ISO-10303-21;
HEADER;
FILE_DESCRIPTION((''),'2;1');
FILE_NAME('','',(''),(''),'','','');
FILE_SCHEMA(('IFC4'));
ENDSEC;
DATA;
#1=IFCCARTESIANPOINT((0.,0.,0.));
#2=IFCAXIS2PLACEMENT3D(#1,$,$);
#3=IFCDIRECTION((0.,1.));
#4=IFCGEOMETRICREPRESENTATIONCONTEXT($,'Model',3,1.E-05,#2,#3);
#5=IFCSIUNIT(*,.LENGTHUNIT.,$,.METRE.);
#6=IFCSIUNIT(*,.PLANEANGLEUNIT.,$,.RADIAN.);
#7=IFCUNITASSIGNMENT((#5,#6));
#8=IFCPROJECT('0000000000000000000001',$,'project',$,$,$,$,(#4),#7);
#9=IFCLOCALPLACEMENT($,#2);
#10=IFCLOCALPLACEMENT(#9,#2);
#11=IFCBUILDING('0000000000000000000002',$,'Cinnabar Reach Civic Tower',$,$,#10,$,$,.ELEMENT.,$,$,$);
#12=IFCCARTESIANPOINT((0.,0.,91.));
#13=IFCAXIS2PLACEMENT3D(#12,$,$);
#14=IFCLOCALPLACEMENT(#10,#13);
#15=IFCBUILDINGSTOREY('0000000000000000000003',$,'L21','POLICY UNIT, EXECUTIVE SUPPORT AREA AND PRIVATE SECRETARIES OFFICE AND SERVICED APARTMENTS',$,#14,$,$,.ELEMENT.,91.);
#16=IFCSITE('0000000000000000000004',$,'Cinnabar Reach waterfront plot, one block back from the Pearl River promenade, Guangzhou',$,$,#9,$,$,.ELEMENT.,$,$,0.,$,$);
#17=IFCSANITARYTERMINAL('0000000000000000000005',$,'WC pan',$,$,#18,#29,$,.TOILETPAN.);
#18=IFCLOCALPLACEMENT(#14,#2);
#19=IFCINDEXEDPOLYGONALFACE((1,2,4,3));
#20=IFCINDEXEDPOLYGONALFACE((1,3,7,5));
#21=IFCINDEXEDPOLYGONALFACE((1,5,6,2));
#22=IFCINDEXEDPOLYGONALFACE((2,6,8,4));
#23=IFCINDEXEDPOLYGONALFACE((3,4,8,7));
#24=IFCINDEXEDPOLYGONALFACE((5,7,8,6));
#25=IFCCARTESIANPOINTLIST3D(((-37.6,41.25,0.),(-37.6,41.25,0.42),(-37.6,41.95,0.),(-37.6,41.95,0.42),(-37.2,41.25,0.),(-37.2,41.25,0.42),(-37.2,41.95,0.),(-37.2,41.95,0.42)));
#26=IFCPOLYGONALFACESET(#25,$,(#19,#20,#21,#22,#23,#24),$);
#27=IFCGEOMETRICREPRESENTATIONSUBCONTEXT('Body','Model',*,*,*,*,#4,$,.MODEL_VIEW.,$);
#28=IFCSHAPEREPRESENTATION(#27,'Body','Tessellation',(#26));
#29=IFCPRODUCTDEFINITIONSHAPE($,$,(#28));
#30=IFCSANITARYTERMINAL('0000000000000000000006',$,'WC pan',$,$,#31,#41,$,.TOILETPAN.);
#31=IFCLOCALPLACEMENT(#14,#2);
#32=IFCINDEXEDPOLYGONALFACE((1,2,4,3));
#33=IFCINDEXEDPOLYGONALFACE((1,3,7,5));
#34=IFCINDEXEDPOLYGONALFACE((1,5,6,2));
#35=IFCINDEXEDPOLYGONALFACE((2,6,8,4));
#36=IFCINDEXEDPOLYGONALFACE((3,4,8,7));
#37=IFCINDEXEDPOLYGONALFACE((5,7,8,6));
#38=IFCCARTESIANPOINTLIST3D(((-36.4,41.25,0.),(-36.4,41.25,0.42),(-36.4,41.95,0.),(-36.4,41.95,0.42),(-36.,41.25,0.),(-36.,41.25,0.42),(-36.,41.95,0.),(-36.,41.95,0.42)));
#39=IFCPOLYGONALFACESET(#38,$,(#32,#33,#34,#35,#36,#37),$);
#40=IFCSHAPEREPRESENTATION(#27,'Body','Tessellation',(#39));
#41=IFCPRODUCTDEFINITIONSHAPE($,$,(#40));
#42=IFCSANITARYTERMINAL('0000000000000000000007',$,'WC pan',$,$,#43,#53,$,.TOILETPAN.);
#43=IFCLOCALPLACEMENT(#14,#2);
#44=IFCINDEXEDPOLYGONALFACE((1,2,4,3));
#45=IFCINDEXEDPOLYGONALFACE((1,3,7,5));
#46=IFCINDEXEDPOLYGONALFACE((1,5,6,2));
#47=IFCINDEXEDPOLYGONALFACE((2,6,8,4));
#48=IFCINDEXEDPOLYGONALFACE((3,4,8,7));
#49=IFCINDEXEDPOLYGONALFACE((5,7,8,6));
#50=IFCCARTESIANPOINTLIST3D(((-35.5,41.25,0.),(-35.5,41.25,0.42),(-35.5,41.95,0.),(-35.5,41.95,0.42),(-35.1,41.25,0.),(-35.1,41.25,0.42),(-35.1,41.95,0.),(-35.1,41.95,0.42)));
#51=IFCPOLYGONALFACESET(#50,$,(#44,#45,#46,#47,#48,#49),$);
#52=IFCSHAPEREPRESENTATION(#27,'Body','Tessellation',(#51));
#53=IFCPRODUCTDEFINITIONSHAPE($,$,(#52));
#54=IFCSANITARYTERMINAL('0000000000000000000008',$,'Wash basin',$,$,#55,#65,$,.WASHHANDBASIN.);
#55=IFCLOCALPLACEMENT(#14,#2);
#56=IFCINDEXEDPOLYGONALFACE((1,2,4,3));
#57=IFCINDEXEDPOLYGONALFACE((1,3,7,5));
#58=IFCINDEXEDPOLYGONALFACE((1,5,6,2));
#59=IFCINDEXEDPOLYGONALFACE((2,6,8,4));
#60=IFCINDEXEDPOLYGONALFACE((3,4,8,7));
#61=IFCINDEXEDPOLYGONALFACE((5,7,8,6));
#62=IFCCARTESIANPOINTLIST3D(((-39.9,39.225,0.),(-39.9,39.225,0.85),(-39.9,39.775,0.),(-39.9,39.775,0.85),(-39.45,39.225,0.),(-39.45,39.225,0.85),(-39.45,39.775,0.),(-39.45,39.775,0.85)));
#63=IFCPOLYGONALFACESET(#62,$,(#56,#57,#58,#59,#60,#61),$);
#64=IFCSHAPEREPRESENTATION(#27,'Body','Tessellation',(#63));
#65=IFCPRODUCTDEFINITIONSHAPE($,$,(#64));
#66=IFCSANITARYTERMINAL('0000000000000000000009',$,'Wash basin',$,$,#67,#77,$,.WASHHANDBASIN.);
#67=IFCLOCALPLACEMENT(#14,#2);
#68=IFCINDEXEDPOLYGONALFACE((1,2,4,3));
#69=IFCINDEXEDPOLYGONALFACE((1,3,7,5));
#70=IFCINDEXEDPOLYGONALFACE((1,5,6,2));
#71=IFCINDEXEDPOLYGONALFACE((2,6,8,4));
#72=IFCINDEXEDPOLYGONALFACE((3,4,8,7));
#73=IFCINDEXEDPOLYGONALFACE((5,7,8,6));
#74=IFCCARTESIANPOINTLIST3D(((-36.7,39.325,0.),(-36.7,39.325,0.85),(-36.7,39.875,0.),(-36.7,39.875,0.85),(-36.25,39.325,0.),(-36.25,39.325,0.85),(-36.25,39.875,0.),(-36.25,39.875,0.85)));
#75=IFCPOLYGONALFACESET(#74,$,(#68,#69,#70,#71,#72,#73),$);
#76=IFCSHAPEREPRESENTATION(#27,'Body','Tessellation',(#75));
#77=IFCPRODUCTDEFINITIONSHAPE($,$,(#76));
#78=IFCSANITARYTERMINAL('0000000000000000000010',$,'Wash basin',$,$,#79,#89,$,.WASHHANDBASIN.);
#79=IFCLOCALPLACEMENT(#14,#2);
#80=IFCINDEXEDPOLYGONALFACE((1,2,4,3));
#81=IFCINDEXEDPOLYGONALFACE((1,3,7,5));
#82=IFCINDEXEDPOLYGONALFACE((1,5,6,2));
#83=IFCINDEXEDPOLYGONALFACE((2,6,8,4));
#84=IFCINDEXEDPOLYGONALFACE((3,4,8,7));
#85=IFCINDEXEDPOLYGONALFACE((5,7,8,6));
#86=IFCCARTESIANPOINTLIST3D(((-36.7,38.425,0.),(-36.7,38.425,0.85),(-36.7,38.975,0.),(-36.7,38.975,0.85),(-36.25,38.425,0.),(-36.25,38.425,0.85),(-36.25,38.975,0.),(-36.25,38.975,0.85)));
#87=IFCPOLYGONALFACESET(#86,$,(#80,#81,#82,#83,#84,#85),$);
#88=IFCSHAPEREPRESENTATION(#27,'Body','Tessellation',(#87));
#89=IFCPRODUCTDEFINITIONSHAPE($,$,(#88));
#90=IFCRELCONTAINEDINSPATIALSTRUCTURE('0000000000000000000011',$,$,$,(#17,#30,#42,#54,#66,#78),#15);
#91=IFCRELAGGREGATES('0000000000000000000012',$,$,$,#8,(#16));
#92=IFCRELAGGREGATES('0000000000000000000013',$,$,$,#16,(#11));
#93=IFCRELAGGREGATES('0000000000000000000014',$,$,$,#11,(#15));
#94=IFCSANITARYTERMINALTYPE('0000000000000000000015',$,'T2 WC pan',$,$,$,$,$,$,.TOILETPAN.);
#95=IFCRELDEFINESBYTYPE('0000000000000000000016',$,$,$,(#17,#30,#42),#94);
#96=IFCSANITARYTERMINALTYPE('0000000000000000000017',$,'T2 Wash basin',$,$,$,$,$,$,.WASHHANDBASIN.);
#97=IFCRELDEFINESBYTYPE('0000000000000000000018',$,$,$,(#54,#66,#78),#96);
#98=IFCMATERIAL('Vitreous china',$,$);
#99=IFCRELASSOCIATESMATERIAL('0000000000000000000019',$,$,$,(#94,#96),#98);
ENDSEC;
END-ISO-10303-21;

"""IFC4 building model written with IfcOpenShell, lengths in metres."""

from ifc_helpers import new_model, si_unit, direction, frame, origin, origin_2d, place, context, subcontext, project, spatial, rectangle, extrude, material, type_object, element, save


model = new_model("IFC4")

# Units and contexts
model_context = context("Model", 3, precision=1e-05, world=origin(), true_north=direction((0.0, 1.0)))
body_context = subcontext(model_context, "Body", "Model", "MODEL_VIEW")
ifc_project = project(units=[si_unit("LENGTHUNIT", "METRE"), si_unit("PLANEANGLEUNIT", "RADIAN")], contexts=[model_context])

# Site, building, storey
site_placement = place(None, origin())
site = spatial("IfcSite", under=ifc_project, at=site_placement, Name="Cinnabar Reach waterfront plot, one block back from the Pearl River promenade, Guangzhou", CompositionType="ELEMENT", RefElevation=0.0)
building_placement = place(site_placement, origin())
building = spatial("IfcBuilding", under=site, at=building_placement, Name="Cinnabar Reach Civic Tower", CompositionType="ELEMENT")
storey_placement = place(building_placement, frame((0.0, 0.0, 91.0)))
storey = spatial("IfcBuildingStorey", under=building, at=storey_placement, Name="L21", Description="POLICY UNIT, EXECUTIVE SUPPORT AREA AND PRIVATE SECRETARIES OFFICE AND SERVICED APARTMENTS", CompositionType="ELEMENT", Elevation=91.0)

# Sanitary terminals
ifc_material_1 = material(Name="Vitreous china")
sanitary_terminal_type_1 = type_object("IfcSanitaryTerminalType", Name="T2 WC pan", PredefinedType="TOILETPAN", material=ifc_material_1)
for number, where, z_axis, x_axis, name in (
    (1, (-37.4, 41.6, 0.0), (0.0, 0.0, 1.0), (1.0, 0.0, 0.0), "WC pan"),
    (2, (-36.2, 41.6, 0.0), (0.0, 0.0, 1.0), (1.0, 0.0, 0.0), "WC pan"),
    (3, (-35.3, 41.6, 0.0), (0.0, 0.0, 1.0), (1.0, 0.0, 0.0), "WC pan"),
):
    element("IfcSanitaryTerminal", number, at=place(storey_placement, frame(where, z_axis=z_axis, x_axis=x_axis)), inside=storey, type_object=sanitary_terminal_type_1, Name=name, PredefinedType="TOILETPAN", context=body_context, shape_type="SweptSolid", body=[
        extrude(rectangle(XDim=0.4, YDim=0.7, at=origin_2d()), origin(), (0.0, 0.0, 1.0), 0.42),
    ])
sanitary_terminal_type_2 = type_object("IfcSanitaryTerminalType", Name="T2 Wash basin", PredefinedType="WASHHANDBASIN", material=ifc_material_1)
for number, where, z_axis, x_axis, name in (
    (4, (-39.675, 39.5, 0.0), (0.0, 0.0, 1.0), (1.0, 0.0, 0.0), "Wash basin"),
    (5, (-36.475, 39.6, 0.0), (0.0, 0.0, 1.0), (1.0, 0.0, 0.0), "Wash basin"),
    (6, (-36.475, 38.7, 0.0), (0.0, 0.0, 1.0), (1.0, 0.0, 0.0), "Wash basin"),
):
    element("IfcSanitaryTerminal", number, at=place(storey_placement, frame(where, z_axis=z_axis, x_axis=x_axis)), inside=storey, type_object=sanitary_terminal_type_2, Name=name, PredefinedType="WASHHANDBASIN", context=body_context, shape_type="SweptSolid", body=[
        extrude(rectangle(XDim=0.45, YDim=0.55, at=origin_2d()), origin(), (0.0, 0.0, 1.0), 0.85),
    ])

save(model, "model.ifc")
